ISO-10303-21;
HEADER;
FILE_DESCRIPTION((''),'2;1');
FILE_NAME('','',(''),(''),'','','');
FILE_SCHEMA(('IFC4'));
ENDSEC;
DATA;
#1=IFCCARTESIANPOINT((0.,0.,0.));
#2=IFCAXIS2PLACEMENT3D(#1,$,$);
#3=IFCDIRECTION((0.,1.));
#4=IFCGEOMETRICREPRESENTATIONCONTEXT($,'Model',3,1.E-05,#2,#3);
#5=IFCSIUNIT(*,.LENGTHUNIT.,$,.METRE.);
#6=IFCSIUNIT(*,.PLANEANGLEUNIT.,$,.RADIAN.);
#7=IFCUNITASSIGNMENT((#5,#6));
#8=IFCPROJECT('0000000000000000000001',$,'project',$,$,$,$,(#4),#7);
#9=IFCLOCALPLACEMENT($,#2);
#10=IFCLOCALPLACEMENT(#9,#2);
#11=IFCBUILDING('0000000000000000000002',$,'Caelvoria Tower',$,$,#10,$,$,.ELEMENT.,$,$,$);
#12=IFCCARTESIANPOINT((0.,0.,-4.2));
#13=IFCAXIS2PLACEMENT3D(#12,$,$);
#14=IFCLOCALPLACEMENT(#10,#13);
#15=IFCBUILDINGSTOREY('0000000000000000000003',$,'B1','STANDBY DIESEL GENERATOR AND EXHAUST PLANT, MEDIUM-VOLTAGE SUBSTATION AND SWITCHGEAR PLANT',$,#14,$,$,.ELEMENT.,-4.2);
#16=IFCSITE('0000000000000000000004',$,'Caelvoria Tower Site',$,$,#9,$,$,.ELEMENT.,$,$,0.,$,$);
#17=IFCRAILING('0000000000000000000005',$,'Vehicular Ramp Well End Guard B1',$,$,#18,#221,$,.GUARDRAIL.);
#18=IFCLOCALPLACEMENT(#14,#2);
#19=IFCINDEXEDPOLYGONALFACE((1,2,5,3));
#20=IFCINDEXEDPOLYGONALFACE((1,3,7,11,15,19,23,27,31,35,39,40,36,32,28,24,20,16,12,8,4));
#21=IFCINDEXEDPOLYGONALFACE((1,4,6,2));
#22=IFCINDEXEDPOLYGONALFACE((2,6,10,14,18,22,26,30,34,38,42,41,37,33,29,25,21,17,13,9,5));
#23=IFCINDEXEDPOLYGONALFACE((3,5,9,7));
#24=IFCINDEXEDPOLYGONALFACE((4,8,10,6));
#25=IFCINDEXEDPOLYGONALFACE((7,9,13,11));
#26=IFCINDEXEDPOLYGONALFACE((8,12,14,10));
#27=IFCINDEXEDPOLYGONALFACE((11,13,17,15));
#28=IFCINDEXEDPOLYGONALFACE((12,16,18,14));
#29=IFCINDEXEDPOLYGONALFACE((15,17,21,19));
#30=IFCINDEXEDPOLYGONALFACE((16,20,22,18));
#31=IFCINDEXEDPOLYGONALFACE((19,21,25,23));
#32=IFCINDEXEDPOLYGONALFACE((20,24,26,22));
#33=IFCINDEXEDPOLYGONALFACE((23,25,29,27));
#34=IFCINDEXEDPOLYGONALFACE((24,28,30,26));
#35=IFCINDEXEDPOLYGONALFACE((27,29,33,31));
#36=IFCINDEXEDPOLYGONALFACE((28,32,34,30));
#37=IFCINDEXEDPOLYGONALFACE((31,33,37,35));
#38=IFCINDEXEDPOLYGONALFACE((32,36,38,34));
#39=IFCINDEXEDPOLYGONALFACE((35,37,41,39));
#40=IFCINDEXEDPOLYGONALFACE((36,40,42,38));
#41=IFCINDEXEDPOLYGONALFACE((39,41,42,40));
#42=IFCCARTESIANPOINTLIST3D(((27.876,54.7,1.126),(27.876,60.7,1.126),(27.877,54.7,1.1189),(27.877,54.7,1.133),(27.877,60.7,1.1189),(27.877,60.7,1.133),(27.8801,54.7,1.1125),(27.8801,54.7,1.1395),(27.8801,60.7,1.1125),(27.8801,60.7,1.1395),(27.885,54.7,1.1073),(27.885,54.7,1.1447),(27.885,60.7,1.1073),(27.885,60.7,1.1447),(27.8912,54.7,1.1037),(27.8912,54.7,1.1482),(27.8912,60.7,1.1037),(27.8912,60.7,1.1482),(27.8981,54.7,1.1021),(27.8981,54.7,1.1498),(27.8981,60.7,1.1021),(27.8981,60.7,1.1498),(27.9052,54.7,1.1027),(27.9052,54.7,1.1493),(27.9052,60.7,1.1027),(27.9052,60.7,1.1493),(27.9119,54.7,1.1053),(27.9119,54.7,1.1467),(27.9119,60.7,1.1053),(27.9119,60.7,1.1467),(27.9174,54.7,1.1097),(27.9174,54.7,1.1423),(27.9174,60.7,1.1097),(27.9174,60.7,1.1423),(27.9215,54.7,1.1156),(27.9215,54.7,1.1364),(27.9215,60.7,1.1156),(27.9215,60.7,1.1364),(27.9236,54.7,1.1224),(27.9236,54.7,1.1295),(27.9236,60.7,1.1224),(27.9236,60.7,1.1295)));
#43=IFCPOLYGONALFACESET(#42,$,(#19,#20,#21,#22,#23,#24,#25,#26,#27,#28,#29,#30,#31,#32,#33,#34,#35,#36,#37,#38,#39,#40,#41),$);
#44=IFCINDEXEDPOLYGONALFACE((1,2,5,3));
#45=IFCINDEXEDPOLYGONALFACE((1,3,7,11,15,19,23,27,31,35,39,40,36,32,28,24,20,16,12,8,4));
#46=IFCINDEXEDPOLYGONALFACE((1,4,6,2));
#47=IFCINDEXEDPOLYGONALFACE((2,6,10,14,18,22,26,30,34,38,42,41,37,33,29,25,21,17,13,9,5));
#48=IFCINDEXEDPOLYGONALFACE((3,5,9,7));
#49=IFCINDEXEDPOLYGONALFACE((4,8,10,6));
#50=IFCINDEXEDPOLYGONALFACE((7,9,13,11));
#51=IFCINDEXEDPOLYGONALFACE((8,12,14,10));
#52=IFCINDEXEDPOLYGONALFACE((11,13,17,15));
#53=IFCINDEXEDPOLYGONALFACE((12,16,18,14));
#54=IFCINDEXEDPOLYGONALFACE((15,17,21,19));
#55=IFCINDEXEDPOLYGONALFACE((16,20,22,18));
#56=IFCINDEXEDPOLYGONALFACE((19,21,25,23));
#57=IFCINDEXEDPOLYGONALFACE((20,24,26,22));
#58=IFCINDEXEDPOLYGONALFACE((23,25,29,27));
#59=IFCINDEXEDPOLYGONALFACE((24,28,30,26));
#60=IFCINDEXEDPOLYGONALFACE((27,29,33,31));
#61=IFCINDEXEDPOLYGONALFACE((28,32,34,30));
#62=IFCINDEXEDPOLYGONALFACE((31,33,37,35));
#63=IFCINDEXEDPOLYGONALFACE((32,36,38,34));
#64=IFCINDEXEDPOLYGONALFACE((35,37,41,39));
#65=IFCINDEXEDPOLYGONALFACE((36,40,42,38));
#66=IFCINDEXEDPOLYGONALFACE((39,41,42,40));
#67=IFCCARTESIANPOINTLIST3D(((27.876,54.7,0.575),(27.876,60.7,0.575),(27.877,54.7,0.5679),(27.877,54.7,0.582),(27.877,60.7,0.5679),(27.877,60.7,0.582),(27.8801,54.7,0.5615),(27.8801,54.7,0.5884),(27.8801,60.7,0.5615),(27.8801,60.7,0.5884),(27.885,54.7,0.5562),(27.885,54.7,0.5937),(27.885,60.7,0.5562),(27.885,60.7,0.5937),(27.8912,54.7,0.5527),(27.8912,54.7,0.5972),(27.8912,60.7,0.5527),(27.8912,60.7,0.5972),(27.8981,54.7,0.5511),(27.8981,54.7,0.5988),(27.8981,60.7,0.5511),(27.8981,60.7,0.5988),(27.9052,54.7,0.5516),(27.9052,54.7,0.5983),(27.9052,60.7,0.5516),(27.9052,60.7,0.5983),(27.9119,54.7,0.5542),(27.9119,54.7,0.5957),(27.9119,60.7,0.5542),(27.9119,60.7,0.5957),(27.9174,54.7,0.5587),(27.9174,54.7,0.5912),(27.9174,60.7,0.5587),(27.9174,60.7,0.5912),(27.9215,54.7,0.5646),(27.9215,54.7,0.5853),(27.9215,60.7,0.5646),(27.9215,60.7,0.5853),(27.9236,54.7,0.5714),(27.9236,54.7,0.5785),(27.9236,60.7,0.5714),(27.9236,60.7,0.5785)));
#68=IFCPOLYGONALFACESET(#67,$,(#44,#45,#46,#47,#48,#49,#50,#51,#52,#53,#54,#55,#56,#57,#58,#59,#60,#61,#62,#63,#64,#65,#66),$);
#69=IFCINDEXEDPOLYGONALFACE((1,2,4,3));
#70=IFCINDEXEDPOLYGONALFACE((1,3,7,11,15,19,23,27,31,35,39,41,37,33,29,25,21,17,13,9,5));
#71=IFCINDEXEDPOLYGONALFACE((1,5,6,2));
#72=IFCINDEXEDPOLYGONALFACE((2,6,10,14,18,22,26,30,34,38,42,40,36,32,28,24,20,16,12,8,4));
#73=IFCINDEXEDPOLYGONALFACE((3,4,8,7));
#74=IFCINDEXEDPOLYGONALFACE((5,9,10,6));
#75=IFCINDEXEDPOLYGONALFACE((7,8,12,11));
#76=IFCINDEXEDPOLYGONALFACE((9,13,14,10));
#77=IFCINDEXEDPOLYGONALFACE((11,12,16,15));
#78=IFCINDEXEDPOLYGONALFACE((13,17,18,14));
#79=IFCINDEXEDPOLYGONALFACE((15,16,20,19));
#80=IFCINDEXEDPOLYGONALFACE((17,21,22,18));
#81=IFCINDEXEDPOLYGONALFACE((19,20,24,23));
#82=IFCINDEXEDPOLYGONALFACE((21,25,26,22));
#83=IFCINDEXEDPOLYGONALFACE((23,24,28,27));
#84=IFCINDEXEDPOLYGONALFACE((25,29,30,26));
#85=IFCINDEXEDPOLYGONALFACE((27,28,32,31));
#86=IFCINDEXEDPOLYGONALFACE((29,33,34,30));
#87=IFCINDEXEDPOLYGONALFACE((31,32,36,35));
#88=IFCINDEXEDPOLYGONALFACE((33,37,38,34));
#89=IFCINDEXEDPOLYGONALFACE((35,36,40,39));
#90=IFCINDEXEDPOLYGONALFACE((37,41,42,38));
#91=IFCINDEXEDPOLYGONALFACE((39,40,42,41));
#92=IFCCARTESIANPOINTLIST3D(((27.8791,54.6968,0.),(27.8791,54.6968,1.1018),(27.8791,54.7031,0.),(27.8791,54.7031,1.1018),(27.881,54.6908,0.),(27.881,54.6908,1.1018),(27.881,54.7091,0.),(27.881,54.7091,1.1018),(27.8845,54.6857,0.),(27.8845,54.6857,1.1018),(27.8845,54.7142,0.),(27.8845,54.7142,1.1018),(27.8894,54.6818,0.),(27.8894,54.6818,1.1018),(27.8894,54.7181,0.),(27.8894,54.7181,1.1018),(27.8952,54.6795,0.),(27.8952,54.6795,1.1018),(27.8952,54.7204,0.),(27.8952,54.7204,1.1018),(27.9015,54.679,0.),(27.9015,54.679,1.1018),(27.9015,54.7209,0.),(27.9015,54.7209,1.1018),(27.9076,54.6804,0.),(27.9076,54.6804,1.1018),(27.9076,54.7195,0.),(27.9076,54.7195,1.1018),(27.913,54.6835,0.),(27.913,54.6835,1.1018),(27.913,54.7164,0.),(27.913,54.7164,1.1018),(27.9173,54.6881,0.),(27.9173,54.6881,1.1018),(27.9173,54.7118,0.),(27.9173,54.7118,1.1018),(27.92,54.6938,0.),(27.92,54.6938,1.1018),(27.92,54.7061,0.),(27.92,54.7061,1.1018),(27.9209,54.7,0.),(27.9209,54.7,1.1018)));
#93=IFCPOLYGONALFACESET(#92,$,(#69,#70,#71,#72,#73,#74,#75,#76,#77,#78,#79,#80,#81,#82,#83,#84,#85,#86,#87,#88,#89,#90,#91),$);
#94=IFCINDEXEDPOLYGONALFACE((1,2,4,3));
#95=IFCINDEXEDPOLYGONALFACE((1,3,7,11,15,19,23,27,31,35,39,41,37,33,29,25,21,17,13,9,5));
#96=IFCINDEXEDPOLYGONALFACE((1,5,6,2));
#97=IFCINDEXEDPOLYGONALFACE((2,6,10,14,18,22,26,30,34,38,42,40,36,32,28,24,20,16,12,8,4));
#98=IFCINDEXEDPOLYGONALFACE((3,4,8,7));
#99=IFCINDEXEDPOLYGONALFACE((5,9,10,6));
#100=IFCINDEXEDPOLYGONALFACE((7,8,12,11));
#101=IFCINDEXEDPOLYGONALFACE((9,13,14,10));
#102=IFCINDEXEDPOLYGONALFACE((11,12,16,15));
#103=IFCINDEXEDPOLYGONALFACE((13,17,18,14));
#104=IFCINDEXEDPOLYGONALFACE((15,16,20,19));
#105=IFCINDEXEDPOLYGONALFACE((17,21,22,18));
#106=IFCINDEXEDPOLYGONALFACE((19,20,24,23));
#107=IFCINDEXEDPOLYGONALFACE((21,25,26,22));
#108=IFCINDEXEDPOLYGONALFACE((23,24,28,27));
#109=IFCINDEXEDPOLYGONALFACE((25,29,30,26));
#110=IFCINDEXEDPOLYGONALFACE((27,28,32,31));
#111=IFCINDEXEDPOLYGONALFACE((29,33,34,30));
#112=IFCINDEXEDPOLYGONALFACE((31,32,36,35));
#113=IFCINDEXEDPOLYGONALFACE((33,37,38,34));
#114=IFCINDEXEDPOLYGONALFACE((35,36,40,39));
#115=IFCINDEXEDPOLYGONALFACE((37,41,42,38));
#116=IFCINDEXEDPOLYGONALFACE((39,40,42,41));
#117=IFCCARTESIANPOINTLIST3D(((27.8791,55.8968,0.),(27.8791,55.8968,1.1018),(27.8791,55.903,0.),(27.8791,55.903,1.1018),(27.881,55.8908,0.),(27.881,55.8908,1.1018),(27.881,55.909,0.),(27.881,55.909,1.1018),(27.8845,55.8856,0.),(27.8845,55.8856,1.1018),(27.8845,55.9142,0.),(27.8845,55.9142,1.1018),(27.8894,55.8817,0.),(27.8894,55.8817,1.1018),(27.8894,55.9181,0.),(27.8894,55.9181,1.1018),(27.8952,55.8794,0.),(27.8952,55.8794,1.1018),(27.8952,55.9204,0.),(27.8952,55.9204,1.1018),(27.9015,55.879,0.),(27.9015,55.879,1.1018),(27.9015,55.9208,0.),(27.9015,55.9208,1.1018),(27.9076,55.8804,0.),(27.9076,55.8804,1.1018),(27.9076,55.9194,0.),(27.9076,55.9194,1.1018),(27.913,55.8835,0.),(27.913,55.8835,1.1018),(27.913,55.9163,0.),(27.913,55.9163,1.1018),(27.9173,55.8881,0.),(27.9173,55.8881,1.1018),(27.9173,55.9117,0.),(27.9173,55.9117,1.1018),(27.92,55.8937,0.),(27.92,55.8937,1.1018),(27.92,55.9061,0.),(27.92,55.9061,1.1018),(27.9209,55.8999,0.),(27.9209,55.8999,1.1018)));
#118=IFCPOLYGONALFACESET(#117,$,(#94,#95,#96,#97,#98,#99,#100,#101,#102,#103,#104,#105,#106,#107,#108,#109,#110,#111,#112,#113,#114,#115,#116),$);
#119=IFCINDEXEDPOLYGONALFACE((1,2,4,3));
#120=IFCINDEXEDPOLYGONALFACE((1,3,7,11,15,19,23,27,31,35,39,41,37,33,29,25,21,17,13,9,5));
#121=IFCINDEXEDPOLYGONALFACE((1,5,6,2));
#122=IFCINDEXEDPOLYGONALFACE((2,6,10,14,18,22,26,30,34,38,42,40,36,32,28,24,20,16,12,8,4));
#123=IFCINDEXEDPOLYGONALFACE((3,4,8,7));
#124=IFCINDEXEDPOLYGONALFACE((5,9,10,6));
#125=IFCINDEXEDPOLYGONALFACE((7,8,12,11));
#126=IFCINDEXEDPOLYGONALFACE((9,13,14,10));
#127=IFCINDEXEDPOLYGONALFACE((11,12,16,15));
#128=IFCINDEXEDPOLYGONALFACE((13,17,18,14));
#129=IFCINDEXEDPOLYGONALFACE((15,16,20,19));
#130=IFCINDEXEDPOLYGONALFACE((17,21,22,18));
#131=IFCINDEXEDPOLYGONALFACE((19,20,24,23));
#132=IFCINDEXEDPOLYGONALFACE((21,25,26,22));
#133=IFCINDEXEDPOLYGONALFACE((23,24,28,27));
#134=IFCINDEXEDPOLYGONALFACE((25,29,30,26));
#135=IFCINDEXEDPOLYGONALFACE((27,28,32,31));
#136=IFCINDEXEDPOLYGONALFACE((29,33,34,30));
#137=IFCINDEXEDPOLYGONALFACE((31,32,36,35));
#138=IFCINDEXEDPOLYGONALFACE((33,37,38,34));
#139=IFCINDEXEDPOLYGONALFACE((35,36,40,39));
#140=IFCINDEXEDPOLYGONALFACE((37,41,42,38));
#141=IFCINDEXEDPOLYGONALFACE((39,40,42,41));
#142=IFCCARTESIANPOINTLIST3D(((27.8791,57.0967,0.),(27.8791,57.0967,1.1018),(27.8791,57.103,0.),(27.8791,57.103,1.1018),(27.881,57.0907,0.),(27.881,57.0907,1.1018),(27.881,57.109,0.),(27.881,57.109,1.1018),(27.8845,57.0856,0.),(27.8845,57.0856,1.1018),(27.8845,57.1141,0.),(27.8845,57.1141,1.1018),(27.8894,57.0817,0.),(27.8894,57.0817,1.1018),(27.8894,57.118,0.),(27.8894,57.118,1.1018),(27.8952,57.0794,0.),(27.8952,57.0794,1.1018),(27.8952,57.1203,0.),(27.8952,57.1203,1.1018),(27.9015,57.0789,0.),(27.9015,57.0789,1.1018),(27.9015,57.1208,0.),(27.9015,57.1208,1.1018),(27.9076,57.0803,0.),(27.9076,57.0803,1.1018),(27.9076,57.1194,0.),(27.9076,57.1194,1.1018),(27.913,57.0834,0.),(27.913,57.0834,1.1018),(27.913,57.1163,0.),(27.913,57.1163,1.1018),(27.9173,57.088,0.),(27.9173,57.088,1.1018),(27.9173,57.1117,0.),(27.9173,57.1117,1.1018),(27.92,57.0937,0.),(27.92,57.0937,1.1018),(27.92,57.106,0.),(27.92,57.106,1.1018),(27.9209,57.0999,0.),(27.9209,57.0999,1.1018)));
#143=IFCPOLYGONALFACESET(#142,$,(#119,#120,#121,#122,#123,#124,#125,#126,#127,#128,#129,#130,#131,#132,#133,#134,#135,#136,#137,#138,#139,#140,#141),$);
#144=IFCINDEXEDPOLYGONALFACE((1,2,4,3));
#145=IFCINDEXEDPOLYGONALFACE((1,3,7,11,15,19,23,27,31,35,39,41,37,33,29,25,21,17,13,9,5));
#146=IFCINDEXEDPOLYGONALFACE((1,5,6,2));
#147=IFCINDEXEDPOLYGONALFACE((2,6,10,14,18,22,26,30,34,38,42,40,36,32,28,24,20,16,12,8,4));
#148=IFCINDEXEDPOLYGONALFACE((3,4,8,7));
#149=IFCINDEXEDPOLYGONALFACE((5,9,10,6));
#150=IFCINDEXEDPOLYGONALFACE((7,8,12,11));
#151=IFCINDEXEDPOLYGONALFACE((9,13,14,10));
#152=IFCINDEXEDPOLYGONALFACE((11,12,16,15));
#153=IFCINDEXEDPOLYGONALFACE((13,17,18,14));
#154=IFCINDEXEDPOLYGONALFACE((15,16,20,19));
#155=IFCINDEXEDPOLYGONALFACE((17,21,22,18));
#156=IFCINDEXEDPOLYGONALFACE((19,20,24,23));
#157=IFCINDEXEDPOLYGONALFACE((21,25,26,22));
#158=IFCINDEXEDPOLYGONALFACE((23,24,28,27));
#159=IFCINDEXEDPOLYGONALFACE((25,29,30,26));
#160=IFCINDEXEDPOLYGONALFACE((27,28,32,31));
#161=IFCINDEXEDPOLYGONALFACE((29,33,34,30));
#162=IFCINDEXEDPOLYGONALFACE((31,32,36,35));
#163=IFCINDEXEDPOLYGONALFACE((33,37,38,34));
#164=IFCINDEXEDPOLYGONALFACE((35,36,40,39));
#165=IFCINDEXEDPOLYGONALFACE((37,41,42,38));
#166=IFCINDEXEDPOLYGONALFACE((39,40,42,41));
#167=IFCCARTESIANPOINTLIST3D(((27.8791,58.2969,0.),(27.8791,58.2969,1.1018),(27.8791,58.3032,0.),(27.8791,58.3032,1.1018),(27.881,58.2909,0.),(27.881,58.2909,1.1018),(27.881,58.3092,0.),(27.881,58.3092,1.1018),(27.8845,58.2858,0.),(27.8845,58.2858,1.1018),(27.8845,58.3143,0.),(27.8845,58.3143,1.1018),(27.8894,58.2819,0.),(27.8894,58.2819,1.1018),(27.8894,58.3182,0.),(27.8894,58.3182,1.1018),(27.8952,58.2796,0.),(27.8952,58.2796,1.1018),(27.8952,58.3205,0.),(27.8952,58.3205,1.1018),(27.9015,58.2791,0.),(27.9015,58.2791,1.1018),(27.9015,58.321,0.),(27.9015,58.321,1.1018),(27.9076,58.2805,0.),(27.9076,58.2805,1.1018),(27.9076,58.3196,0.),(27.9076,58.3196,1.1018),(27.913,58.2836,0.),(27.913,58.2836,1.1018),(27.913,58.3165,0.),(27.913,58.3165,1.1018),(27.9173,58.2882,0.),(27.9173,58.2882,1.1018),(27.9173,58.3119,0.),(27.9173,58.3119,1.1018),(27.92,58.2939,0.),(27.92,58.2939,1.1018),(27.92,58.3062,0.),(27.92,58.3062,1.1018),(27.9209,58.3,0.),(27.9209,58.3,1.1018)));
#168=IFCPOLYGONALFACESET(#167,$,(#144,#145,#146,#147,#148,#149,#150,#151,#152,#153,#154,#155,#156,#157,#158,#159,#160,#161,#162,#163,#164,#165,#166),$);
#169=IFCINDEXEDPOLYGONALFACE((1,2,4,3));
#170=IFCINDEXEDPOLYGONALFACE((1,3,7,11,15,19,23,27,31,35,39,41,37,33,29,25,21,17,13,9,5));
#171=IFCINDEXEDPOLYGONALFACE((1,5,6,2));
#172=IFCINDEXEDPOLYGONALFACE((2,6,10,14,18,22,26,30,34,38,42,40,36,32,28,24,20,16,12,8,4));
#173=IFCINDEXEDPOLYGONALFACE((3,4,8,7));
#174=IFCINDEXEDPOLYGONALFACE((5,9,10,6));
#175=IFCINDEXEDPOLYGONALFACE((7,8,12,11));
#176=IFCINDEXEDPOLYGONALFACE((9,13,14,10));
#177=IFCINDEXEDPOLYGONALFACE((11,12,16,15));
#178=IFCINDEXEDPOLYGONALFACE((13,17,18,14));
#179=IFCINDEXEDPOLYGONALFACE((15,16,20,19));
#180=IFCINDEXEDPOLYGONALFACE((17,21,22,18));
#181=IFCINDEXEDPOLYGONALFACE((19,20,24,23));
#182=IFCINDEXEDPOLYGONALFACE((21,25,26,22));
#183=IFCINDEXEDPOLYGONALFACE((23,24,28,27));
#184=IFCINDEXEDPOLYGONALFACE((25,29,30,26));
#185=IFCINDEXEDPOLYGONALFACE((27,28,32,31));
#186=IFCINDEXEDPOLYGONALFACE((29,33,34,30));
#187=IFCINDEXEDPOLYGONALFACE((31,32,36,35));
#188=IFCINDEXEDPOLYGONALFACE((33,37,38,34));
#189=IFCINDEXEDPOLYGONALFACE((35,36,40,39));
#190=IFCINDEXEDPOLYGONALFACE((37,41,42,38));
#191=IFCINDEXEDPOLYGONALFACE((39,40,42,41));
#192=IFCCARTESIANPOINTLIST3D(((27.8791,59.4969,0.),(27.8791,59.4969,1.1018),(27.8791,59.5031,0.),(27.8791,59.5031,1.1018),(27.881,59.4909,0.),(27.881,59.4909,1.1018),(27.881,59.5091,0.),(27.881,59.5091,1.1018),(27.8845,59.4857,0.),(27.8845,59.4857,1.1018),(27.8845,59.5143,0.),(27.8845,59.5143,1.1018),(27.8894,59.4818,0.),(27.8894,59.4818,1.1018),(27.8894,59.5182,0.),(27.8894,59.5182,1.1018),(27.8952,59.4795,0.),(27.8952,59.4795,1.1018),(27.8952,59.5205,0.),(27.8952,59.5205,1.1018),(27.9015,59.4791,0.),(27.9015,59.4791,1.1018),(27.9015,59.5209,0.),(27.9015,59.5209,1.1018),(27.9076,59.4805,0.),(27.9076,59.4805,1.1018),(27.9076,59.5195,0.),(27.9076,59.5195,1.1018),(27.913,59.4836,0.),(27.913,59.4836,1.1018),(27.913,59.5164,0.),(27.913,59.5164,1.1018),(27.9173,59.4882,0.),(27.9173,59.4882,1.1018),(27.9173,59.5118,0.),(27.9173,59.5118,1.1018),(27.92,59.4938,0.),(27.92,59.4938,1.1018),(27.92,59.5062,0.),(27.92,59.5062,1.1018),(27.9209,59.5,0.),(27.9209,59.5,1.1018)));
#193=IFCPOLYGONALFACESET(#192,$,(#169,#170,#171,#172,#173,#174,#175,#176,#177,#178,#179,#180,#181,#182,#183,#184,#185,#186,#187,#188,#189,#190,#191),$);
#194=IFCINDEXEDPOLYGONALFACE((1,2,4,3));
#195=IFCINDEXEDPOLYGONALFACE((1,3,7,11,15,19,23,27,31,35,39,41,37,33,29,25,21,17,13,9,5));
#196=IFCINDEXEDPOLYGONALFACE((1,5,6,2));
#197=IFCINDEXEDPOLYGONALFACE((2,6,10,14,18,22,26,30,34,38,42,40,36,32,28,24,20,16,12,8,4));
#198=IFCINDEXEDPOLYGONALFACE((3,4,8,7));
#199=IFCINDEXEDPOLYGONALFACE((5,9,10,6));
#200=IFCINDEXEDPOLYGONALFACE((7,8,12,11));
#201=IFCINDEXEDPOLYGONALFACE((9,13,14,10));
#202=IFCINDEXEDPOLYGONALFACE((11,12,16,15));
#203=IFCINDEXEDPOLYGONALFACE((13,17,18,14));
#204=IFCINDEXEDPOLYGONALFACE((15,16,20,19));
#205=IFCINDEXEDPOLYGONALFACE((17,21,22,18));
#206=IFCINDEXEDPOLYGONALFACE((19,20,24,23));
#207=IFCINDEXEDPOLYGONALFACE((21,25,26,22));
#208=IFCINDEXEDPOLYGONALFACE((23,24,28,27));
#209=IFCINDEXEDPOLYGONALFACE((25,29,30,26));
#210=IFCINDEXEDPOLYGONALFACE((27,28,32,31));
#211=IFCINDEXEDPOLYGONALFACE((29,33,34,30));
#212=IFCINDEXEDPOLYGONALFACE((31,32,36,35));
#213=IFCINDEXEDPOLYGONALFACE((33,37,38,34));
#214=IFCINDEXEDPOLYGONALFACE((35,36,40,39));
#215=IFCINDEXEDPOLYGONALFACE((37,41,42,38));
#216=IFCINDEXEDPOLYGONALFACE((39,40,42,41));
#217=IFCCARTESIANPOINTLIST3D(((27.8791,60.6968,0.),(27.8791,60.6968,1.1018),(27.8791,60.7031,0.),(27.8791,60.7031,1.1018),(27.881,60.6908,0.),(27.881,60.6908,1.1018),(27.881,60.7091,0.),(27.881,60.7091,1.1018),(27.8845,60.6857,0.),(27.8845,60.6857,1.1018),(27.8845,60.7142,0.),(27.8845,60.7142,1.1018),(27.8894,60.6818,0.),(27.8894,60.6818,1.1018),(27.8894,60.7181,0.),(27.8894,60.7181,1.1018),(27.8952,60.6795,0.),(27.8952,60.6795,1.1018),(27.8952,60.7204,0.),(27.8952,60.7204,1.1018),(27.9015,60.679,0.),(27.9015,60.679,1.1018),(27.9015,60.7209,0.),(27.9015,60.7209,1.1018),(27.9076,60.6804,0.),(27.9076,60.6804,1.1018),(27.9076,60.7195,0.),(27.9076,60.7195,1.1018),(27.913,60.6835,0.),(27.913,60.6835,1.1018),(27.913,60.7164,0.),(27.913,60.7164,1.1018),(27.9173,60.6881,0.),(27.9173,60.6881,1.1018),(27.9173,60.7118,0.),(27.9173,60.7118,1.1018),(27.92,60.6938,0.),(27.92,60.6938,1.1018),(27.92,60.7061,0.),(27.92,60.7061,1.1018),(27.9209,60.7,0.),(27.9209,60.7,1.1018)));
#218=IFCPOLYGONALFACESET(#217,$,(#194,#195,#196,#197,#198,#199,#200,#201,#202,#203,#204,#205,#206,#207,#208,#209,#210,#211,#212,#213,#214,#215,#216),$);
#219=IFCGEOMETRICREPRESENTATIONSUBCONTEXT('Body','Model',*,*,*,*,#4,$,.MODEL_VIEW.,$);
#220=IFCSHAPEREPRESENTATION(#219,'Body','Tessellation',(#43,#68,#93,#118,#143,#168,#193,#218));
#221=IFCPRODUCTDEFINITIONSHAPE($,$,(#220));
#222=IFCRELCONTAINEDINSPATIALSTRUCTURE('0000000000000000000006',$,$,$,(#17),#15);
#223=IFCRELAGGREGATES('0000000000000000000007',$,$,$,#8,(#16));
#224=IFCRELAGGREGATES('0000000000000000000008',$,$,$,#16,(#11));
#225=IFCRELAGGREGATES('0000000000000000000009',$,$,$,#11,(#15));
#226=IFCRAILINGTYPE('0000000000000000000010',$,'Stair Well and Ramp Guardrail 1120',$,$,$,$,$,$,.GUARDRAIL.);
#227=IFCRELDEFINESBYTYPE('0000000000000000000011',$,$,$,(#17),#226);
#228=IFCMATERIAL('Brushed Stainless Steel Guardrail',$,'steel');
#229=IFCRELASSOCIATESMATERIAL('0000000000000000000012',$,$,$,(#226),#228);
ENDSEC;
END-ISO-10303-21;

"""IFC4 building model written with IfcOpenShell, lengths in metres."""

from ifc_helpers import new_model, si_unit, direction, frame, origin, origin_2d, place, context, subcontext, project, spatial, circle, extrude, material, type_object, element, save


model = new_model("IFC4")

# Units and contexts
model_context = context("Model", 3, precision=1e-05, world=origin(), true_north=direction((0.0, 1.0)))
body_context = subcontext(model_context, "Body", "Model", "MODEL_VIEW")
ifc_project = project(units=[si_unit("LENGTHUNIT", "METRE"), si_unit("PLANEANGLEUNIT", "RADIAN")], contexts=[model_context])

# Site, building, storey
site_placement = place(None, origin())
site = spatial("IfcSite", under=ifc_project, at=site_placement, Name="Caelvoria Tower Site", CompositionType="ELEMENT", RefElevation=0.0)
building_placement = place(site_placement, origin())
building = spatial("IfcBuilding", under=site, at=building_placement, Name="Caelvoria Tower", CompositionType="ELEMENT")
storey_placement = place(building_placement, frame((0.0, 0.0, -4.2)))
storey = spatial("IfcBuildingStorey", under=building, at=storey_placement, Name="B1", Description="STANDBY DIESEL GENERATOR AND EXHAUST PLANT, MEDIUM-VOLTAGE SUBSTATION AND SWITCHGEAR PLANT", CompositionType="ELEMENT", Elevation=-4.2)

# Railing
ifc_material_1 = material(Name="Brushed Stainless Steel Guardrail", Category="steel")
railing_type_1 = type_object("IfcRailingType", Name="Stair Well and Ramp Guardrail 1120", PredefinedType="GUARDRAIL", material=ifc_material_1)
railing_1_placement = place(storey_placement, frame((27.8999, 54.7, 0.0)))
element("IfcRailing", 1, at=railing_1_placement, inside=storey, type_object=railing_type_1, Name="Vehicular Ramp Well End Guard B1", PredefinedType="GUARDRAIL", context=body_context, shape_type="SweptSolid", body=[
    extrude(circle(Radius=0.0239, at=origin_2d()), frame((0.0, 0.0, 1.126), z_axis=(0.0, 1.0, 0.0), x_axis=(-1.0, 0.0, 0.0)), (0.0, 0.0, 1.0), 6.0),
    extrude(circle(Radius=0.0239, at=origin_2d()), frame((0.0, 0.0, 0.575), z_axis=(0.0, 1.0, 0.0), x_axis=(-1.0, 0.0, 0.0)), (0.0, 0.0, 1.0), 6.0),
    extrude(circle(Radius=0.021, at=origin_2d()), origin(), (0.0, 0.0, 1.0), 1.1018),
    extrude(circle(Radius=0.021, at=origin_2d()), frame((0.0, 1.2, 0.0)), (0.0, 0.0, 1.0), 1.1018),
    extrude(circle(Radius=0.021, at=origin_2d()), frame((0.0, 2.3999, 0.0)), (0.0, 0.0, 1.0), 1.1018),
    extrude(circle(Radius=0.021, at=origin_2d()), frame((0.0, 3.6001, 0.0)), (0.0, 0.0, 1.0), 1.1018),
    extrude(circle(Radius=0.021, at=origin_2d()), frame((0.0, 4.8, 0.0)), (0.0, 0.0, 1.0), 1.1018),
    extrude(circle(Radius=0.021, at=origin_2d()), frame((0.0, 6.0, 0.0)), (0.0, 0.0, 1.0), 1.1018),
])

save(model, "model.ifc")
